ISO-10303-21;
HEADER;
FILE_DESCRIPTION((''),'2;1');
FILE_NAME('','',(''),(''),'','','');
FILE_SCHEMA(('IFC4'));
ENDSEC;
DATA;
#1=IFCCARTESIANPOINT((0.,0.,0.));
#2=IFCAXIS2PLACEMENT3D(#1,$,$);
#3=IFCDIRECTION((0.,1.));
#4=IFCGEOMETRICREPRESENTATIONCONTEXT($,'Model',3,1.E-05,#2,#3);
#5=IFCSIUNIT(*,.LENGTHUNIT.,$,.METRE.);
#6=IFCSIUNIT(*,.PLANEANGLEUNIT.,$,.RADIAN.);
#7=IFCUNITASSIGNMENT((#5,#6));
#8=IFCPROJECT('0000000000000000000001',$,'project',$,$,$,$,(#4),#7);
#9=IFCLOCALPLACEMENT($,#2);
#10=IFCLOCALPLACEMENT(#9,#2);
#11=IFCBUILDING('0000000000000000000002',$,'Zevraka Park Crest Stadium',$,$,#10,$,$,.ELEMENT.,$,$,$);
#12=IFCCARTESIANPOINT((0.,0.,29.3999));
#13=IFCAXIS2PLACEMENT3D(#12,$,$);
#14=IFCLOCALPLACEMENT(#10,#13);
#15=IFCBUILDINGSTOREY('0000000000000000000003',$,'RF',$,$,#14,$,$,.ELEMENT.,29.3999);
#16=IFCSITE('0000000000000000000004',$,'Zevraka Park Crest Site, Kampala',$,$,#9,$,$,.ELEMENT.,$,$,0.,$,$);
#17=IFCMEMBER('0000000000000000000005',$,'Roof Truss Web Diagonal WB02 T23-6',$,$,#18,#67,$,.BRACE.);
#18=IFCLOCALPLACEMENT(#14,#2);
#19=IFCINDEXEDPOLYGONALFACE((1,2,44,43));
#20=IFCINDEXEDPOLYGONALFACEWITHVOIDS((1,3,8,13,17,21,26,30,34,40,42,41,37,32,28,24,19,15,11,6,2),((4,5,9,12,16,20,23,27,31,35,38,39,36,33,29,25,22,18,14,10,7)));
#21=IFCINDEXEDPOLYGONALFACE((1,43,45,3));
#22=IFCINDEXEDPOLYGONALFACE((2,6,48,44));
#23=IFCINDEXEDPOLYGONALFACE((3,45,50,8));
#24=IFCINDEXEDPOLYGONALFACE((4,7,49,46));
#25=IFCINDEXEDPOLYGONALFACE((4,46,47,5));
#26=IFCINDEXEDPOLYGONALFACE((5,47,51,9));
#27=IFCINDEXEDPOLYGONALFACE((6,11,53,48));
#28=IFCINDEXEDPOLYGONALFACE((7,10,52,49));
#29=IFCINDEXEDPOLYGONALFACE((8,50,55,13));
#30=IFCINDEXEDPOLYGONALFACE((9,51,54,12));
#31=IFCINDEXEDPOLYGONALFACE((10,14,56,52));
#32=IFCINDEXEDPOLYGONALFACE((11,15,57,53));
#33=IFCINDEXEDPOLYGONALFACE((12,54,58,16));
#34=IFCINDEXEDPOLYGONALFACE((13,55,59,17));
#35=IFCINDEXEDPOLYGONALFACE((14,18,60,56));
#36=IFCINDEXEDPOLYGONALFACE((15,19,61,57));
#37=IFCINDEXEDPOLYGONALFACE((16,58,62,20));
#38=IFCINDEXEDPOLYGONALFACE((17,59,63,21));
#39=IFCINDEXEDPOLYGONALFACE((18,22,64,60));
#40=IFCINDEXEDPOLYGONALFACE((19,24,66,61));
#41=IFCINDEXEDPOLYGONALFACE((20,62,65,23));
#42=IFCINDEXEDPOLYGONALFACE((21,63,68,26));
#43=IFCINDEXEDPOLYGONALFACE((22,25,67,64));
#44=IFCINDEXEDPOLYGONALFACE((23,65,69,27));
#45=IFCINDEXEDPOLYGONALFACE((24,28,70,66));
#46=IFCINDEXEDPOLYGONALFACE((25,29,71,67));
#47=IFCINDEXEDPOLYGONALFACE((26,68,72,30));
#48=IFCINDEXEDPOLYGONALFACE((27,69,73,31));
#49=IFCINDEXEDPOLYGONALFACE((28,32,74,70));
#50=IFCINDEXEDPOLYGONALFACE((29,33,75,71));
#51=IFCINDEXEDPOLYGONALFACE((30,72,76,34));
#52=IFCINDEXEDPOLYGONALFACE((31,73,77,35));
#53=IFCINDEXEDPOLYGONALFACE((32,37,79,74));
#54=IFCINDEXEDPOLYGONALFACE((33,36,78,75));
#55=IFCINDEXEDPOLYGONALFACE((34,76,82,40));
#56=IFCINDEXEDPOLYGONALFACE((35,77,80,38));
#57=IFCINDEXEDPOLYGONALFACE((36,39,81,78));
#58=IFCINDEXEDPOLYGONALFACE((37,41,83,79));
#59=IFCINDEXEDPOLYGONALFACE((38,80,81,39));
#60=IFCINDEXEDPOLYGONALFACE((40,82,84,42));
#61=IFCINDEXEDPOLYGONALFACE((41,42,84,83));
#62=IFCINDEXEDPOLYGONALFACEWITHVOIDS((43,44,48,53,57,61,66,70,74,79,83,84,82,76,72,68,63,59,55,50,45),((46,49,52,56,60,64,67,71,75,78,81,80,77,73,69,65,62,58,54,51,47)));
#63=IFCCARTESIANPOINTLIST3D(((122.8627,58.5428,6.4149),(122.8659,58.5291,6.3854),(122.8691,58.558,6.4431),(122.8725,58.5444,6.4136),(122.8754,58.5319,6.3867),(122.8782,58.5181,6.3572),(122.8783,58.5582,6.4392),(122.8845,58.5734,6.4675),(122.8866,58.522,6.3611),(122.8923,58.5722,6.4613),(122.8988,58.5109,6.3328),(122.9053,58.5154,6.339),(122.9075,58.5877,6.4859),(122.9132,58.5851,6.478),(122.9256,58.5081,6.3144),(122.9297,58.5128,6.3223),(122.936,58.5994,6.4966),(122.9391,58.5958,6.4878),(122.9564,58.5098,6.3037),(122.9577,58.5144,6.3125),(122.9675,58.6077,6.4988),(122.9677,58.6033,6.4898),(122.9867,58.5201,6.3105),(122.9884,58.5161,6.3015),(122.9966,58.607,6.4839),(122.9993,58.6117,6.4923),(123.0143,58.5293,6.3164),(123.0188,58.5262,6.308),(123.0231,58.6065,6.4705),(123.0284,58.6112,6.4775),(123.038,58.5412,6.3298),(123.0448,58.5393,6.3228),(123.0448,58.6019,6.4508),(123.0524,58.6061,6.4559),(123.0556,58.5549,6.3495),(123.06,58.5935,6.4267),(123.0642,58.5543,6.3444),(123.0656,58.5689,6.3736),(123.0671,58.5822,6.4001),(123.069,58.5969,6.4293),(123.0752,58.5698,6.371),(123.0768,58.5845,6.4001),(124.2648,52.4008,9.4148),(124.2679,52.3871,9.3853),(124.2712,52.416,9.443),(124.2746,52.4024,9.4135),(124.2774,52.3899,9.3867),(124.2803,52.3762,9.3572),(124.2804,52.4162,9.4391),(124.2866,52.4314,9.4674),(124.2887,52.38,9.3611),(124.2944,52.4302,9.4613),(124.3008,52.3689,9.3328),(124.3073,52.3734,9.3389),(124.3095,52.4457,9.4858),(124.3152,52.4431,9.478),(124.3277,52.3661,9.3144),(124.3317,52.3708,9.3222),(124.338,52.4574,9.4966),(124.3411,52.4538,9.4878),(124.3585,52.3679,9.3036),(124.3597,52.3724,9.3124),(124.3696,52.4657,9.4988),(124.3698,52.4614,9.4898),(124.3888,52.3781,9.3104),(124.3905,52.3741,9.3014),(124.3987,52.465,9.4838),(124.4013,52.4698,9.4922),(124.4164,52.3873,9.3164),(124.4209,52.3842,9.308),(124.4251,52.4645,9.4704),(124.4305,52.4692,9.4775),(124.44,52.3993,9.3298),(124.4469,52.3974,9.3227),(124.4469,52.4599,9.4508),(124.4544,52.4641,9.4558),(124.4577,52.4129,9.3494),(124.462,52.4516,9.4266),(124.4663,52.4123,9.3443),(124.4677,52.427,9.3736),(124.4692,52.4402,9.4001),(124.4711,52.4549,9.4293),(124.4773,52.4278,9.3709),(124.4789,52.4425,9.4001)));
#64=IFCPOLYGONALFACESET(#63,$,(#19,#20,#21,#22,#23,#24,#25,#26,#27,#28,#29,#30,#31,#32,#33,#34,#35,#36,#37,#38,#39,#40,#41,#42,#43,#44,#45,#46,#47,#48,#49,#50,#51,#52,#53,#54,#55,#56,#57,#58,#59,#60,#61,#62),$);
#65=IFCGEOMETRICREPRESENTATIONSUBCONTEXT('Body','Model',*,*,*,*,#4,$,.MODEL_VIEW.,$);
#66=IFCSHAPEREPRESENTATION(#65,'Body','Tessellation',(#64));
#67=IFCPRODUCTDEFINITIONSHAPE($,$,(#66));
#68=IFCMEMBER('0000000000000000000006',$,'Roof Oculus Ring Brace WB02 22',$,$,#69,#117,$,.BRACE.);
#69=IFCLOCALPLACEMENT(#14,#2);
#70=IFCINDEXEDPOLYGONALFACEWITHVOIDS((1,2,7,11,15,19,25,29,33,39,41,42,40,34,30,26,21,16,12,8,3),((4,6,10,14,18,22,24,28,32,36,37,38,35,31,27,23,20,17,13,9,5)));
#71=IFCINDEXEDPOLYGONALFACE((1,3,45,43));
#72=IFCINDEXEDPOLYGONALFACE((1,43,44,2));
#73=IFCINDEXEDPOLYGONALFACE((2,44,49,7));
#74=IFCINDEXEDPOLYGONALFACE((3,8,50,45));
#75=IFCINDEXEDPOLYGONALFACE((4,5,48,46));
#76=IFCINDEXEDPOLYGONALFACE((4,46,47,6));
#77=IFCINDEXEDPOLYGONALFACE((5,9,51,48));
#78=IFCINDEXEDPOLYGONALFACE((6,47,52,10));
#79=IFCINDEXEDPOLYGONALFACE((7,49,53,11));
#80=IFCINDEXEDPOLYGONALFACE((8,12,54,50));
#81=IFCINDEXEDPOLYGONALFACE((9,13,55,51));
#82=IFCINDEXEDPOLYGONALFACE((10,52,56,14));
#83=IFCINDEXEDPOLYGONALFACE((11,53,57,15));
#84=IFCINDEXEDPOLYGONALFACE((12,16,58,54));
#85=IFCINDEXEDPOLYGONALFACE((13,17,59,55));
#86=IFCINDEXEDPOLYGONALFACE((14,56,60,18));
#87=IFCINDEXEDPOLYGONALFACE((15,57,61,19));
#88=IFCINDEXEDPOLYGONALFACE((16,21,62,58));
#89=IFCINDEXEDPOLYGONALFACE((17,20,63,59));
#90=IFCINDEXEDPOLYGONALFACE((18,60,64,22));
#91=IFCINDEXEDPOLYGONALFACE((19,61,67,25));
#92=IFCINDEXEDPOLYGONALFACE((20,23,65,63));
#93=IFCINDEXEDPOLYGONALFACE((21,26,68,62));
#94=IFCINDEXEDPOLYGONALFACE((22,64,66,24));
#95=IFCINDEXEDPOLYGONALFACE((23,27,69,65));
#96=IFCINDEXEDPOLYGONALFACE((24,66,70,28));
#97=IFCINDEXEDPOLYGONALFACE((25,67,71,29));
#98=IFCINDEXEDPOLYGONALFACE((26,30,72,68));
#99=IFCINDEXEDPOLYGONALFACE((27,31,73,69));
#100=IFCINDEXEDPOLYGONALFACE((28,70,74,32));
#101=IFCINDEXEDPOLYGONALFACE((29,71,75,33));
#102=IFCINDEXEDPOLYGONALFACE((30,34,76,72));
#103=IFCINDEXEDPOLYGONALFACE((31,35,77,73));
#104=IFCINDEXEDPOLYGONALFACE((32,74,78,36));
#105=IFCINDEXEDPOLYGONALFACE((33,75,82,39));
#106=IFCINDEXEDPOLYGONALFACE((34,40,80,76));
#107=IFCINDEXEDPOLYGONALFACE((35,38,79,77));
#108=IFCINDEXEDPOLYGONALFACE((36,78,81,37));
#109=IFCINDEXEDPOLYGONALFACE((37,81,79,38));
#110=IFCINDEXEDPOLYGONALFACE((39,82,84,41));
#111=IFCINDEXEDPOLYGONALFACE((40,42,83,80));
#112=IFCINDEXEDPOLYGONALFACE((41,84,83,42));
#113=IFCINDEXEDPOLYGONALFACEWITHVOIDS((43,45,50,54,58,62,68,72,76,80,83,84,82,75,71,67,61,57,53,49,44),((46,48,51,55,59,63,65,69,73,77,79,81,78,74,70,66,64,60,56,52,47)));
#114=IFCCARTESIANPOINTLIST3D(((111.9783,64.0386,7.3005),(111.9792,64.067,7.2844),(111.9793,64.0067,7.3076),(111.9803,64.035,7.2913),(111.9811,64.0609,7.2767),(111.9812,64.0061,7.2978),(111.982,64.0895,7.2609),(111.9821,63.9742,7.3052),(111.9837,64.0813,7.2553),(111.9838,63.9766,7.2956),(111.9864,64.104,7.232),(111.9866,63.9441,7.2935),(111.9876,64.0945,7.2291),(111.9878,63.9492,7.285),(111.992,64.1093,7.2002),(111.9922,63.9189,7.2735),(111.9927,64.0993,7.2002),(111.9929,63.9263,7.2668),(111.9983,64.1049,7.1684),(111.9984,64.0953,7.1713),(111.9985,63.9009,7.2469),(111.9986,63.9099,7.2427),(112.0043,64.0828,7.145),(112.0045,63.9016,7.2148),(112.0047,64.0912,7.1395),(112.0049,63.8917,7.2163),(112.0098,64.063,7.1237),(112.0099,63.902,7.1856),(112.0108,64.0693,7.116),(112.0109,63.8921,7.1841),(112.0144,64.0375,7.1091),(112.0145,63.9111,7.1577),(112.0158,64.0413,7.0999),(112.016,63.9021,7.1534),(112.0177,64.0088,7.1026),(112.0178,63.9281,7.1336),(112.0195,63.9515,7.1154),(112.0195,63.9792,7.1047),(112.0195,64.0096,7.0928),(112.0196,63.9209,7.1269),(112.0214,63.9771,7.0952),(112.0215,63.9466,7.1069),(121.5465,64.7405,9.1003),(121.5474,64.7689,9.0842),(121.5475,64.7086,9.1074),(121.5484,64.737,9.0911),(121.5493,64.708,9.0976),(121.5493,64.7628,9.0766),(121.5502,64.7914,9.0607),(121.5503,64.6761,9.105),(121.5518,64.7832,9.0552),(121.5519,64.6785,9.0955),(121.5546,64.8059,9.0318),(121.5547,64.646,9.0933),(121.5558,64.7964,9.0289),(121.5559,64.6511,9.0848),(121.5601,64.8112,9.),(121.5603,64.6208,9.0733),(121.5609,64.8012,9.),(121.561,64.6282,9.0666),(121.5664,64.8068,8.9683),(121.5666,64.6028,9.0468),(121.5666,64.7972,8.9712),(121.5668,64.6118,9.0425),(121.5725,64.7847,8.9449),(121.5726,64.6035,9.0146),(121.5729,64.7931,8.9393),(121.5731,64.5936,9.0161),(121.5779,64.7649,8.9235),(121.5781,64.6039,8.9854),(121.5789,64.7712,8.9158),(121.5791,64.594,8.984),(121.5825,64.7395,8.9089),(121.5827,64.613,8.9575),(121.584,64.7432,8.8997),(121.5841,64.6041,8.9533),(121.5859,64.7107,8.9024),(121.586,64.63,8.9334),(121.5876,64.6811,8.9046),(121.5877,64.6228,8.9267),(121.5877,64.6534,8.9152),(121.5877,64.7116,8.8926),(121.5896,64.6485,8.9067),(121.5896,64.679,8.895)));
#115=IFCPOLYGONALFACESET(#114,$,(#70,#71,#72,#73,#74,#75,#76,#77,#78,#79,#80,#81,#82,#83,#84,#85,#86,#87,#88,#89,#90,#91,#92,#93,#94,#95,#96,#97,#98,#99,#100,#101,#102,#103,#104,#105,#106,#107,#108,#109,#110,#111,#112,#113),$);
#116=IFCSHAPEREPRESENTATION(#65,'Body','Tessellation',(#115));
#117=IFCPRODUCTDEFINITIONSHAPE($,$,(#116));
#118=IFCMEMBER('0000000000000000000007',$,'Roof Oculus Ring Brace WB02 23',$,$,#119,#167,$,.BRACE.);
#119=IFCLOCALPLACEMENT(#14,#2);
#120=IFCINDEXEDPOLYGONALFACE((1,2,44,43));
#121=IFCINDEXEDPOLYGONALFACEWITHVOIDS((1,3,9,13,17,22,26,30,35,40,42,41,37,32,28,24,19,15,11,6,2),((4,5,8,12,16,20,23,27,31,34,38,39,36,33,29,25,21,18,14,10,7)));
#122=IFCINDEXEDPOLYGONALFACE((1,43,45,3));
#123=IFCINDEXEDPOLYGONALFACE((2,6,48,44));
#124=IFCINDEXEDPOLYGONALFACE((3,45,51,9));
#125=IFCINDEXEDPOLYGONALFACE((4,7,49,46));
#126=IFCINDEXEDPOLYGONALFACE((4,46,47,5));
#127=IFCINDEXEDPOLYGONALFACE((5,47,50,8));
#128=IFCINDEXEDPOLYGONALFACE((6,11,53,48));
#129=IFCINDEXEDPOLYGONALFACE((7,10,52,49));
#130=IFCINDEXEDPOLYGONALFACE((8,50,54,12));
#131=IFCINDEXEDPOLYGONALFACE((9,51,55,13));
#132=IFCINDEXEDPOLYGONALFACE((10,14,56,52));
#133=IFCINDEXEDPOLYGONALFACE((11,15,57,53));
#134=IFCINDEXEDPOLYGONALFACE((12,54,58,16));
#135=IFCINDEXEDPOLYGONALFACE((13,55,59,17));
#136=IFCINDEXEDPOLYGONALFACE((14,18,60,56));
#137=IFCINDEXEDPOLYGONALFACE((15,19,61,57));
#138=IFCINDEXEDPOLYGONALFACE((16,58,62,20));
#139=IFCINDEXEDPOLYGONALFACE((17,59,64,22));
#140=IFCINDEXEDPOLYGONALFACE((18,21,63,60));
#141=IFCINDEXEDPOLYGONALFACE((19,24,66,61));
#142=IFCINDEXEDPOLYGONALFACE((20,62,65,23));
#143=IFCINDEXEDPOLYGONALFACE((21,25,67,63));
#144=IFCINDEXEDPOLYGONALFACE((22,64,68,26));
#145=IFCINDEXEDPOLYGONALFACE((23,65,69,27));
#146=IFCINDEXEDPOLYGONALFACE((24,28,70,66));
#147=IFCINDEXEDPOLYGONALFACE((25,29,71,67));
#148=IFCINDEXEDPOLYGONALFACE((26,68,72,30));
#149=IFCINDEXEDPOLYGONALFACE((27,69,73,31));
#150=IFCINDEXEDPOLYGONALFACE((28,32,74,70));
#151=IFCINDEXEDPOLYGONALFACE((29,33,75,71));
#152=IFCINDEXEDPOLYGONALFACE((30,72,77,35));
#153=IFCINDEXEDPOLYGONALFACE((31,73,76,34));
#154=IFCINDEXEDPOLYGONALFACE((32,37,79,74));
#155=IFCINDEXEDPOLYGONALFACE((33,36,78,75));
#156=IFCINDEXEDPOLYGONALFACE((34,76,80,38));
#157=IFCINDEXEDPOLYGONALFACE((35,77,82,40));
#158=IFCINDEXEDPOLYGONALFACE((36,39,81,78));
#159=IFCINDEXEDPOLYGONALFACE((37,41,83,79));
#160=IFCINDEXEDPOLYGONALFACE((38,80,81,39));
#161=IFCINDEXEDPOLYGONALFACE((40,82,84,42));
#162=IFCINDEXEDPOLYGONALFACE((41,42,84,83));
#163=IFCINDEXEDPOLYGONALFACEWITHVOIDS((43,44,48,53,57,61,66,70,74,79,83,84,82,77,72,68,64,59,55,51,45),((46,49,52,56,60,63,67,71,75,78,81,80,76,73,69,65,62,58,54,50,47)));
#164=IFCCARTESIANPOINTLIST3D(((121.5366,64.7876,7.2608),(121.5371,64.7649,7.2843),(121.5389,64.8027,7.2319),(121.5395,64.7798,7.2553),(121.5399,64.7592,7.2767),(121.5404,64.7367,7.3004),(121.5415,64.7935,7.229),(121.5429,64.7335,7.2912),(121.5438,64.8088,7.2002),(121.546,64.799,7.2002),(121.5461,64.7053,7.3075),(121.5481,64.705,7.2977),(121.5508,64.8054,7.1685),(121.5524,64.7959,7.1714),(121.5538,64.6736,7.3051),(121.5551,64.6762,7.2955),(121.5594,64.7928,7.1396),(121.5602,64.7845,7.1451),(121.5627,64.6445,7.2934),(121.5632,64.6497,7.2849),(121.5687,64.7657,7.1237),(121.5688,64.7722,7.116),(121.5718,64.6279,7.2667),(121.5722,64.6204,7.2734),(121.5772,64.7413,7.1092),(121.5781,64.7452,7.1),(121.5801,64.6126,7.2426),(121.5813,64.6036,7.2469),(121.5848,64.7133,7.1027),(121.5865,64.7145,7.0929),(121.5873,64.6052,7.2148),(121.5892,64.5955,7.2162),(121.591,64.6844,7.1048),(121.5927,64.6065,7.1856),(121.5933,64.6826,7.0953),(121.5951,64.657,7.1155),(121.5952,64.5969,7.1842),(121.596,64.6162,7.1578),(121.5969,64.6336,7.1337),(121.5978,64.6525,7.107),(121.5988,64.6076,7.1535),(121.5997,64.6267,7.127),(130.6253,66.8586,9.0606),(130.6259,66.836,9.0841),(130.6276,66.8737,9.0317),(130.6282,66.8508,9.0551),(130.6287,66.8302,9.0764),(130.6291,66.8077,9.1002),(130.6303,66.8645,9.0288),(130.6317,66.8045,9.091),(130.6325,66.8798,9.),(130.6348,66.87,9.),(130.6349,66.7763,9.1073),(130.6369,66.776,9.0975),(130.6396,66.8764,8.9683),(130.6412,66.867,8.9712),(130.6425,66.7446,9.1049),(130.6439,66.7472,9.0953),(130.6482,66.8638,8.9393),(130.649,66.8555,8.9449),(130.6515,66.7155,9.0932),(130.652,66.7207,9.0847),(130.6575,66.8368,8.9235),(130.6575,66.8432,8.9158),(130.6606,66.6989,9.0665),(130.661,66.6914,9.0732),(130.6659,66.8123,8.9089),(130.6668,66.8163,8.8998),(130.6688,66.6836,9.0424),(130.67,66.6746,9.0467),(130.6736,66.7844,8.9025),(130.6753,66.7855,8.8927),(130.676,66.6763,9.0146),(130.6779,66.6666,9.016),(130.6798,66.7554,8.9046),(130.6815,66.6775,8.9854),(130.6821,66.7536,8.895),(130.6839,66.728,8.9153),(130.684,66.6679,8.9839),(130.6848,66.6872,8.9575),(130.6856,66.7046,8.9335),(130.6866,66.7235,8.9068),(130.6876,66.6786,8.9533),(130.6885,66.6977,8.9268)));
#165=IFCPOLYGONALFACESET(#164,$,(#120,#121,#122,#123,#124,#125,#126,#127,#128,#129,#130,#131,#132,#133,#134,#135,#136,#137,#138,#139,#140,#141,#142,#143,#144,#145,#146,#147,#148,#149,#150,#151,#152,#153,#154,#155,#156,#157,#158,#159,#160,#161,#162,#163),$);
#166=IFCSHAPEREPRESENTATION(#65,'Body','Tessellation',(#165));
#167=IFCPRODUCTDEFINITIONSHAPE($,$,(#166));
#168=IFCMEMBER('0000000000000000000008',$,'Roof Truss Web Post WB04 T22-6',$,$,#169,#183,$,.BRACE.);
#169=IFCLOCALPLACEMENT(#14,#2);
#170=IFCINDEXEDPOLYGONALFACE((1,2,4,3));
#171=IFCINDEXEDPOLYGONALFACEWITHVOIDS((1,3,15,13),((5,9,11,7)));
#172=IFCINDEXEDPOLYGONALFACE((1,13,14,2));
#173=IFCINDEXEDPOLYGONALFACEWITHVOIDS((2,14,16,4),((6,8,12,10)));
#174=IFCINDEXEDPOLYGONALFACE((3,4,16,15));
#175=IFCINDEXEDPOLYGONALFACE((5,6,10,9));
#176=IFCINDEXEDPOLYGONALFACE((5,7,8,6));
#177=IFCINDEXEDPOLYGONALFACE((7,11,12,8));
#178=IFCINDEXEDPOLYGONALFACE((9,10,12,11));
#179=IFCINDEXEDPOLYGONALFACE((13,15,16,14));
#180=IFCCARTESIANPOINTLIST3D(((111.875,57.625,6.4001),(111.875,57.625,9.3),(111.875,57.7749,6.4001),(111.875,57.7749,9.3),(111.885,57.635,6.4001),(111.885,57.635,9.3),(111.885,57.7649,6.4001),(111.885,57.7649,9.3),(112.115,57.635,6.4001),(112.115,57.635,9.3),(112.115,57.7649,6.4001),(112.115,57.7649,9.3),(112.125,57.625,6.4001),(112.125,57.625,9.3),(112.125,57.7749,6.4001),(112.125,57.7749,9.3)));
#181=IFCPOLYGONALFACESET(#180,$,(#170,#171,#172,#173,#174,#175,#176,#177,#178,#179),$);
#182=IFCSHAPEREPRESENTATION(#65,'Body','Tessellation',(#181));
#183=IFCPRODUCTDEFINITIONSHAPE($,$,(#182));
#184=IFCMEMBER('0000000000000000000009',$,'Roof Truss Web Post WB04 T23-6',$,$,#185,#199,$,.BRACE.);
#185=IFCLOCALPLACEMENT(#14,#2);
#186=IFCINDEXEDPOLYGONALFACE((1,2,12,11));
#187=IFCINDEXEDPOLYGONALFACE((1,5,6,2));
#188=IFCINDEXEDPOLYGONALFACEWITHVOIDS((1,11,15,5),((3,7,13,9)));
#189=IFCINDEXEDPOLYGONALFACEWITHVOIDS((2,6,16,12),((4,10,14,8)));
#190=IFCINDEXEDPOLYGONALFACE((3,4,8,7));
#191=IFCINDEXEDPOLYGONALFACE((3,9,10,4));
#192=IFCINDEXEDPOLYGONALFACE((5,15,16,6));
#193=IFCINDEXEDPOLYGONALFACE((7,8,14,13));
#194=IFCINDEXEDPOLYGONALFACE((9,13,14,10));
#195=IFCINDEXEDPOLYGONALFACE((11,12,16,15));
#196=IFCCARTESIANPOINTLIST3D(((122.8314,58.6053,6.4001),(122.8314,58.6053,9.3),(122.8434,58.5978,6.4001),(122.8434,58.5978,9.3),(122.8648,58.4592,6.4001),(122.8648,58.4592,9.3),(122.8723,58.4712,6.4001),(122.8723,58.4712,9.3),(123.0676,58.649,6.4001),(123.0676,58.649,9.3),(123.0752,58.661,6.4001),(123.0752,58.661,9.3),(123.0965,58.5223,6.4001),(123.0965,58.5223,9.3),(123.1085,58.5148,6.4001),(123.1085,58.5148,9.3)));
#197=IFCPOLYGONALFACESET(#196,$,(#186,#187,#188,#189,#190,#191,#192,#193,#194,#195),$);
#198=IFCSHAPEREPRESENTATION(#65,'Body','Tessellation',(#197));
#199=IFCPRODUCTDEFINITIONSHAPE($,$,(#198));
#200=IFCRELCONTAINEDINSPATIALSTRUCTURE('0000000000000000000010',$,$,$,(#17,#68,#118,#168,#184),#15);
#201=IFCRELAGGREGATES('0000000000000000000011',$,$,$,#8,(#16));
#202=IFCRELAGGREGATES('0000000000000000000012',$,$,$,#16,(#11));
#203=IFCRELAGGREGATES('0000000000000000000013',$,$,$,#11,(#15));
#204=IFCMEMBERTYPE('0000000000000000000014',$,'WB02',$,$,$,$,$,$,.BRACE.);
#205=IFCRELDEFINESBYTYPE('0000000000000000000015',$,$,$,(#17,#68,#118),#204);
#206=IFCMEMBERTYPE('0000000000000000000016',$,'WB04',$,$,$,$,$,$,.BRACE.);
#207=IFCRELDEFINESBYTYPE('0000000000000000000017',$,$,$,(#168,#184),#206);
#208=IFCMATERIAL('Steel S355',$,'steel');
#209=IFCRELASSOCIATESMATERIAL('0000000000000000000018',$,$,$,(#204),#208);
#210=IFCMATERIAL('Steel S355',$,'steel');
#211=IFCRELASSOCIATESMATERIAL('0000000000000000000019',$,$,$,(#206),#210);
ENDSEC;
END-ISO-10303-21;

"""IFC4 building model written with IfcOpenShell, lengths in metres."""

from ifc_helpers import new_model, si_unit, direction, frame, origin, origin_2d, place, context, subcontext, project, spatial, hollow_rectangle, hollow_circle, extrude, material, material_profile, profile_set, type_object, element, save


model = new_model("IFC4")

# Units and contexts
model_context = context("Model", 3, precision=1e-05, world=origin(), true_north=direction((0.0, 1.0)))
body_context = subcontext(model_context, "Body", "Model", "MODEL_VIEW")
ifc_project = project(units=[si_unit("LENGTHUNIT", "METRE"), si_unit("PLANEANGLEUNIT", "RADIAN")], contexts=[model_context])

# Site, building, storey
site_placement = place(None, origin())
site = spatial("IfcSite", under=ifc_project, at=site_placement, Name="Zevraka Park Crest Site, Kampala", CompositionType="ELEMENT", RefElevation=0.0)
building_placement = place(site_placement, origin())
building = spatial("IfcBuilding", under=site, at=building_placement, Name="Zevraka Park Crest Stadium", CompositionType="ELEMENT")
storey_placement = place(building_placement, frame((0.0, 0.0, 29.3999)))
storey = spatial("IfcBuildingStorey", under=building, at=storey_placement, Name="RF", CompositionType="ELEMENT", Elevation=29.3999)

# Members
ifc_material_1 = material(Name="Steel S355", Category="steel")
ifc_material_profile_1 = material_profile(ifc_material_1, hollow_circle(Radius=0.1096, WallThickness=0.01, at=origin_2d()), Name="CHS 219.1x10")
ifc_profile_set_1 = profile_set([ifc_material_profile_1], Name="Steel S355")
member_type_1 = type_object("IfcMemberType", Name="WB02", PredefinedType="BRACE", material=ifc_profile_set_1)
for number, where, z_axis, x_axis, name in (
    (1, (122.97, 58.5601, 6.4001), (0.200934, -0.88022, 0.429928), (0.974921, 0.222552, 0.0), "Roof Truss Web Diagonal WB02 T23-6"),
):
    element("IfcMember", number, at=place(storey_placement, frame(where, z_axis=z_axis, x_axis=x_axis)), inside=storey, type_object=member_type_1, Name=name, PredefinedType="BRACE", context=body_context, shape_type="SweptSolid", body=[
        extrude(hollow_circle(Radius=0.1096, WallThickness=0.01, at=origin_2d()), origin(), (0.0, 0.0, 1.0), 6.9778),
    ])
member_1_placement = place(storey_placement, frame((112.0, 64.0, 7.2002), z_axis=(0.98022, 0.071908, 0.184384), x_axis=(-0.073162, 0.99732, 0.0)))
element("IfcMember", 2, at=member_1_placement, inside=storey, type_object=member_type_1, Name="Roof Oculus Ring Brace WB02 22", PredefinedType="BRACE", context=body_context, shape_type="SweptSolid", body=[
    extrude(hollow_circle(Radius=0.1096, WallThickness=0.01, at=origin_2d()), origin(), (0.0, 0.0, 1.0), 9.7612),
])
member_2_placement = place(storey_placement, frame((121.5681, 64.7019, 7.2002), z_axis=(0.957328, 0.218143, 0.189573), x_axis=(-0.222171, 0.975008, 0.0)))
element("IfcMember", 3, at=member_2_placement, inside=storey, type_object=member_type_1, Name="Roof Oculus Ring Brace WB02 23", PredefinedType="BRACE", context=body_context, shape_type="SweptSolid", body=[
    extrude(hollow_circle(Radius=0.1096, WallThickness=0.01, at=origin_2d()), origin(), (0.0, 0.0, 1.0), 9.4939),
])
ifc_material_2 = material(Name="Steel S355", Category="steel")
ifc_material_profile_2 = material_profile(ifc_material_2, hollow_rectangle(XDim=0.1499, YDim=0.25, WallThickness=0.01, at=origin_2d()), Name="RHS 250x150x10")
ifc_profile_set_2 = profile_set([ifc_material_profile_2], Name="Steel S355")
member_type_2 = type_object("IfcMemberType", Name="WB04", PredefinedType="BRACE", material=ifc_profile_set_2)
for number, where, z_axis, x_axis, name in (
    (4, (112.0, 57.7, 6.4001), (0.0, 0.0, 1.0), (0.0, 1.0, 0.0), "Roof Truss Web Post WB04 T22-6"),
    (5, (122.97, 58.5601, 6.4001), (0.0, 0.0, 1.0), (-0.22257, 0.974917, 0.0), "Roof Truss Web Post WB04 T23-6"),
):
    element("IfcMember", number, at=place(storey_placement, frame(where, z_axis=z_axis, x_axis=x_axis)), inside=storey, type_object=member_type_2, Name=name, PredefinedType="BRACE", context=body_context, shape_type="SweptSolid", body=[
        extrude(hollow_rectangle(XDim=0.1499, YDim=0.25, WallThickness=0.01, at=origin_2d()), origin(), (0.0, 0.0, 1.0), 2.8999),
    ])

save(model, "model.ifc")
